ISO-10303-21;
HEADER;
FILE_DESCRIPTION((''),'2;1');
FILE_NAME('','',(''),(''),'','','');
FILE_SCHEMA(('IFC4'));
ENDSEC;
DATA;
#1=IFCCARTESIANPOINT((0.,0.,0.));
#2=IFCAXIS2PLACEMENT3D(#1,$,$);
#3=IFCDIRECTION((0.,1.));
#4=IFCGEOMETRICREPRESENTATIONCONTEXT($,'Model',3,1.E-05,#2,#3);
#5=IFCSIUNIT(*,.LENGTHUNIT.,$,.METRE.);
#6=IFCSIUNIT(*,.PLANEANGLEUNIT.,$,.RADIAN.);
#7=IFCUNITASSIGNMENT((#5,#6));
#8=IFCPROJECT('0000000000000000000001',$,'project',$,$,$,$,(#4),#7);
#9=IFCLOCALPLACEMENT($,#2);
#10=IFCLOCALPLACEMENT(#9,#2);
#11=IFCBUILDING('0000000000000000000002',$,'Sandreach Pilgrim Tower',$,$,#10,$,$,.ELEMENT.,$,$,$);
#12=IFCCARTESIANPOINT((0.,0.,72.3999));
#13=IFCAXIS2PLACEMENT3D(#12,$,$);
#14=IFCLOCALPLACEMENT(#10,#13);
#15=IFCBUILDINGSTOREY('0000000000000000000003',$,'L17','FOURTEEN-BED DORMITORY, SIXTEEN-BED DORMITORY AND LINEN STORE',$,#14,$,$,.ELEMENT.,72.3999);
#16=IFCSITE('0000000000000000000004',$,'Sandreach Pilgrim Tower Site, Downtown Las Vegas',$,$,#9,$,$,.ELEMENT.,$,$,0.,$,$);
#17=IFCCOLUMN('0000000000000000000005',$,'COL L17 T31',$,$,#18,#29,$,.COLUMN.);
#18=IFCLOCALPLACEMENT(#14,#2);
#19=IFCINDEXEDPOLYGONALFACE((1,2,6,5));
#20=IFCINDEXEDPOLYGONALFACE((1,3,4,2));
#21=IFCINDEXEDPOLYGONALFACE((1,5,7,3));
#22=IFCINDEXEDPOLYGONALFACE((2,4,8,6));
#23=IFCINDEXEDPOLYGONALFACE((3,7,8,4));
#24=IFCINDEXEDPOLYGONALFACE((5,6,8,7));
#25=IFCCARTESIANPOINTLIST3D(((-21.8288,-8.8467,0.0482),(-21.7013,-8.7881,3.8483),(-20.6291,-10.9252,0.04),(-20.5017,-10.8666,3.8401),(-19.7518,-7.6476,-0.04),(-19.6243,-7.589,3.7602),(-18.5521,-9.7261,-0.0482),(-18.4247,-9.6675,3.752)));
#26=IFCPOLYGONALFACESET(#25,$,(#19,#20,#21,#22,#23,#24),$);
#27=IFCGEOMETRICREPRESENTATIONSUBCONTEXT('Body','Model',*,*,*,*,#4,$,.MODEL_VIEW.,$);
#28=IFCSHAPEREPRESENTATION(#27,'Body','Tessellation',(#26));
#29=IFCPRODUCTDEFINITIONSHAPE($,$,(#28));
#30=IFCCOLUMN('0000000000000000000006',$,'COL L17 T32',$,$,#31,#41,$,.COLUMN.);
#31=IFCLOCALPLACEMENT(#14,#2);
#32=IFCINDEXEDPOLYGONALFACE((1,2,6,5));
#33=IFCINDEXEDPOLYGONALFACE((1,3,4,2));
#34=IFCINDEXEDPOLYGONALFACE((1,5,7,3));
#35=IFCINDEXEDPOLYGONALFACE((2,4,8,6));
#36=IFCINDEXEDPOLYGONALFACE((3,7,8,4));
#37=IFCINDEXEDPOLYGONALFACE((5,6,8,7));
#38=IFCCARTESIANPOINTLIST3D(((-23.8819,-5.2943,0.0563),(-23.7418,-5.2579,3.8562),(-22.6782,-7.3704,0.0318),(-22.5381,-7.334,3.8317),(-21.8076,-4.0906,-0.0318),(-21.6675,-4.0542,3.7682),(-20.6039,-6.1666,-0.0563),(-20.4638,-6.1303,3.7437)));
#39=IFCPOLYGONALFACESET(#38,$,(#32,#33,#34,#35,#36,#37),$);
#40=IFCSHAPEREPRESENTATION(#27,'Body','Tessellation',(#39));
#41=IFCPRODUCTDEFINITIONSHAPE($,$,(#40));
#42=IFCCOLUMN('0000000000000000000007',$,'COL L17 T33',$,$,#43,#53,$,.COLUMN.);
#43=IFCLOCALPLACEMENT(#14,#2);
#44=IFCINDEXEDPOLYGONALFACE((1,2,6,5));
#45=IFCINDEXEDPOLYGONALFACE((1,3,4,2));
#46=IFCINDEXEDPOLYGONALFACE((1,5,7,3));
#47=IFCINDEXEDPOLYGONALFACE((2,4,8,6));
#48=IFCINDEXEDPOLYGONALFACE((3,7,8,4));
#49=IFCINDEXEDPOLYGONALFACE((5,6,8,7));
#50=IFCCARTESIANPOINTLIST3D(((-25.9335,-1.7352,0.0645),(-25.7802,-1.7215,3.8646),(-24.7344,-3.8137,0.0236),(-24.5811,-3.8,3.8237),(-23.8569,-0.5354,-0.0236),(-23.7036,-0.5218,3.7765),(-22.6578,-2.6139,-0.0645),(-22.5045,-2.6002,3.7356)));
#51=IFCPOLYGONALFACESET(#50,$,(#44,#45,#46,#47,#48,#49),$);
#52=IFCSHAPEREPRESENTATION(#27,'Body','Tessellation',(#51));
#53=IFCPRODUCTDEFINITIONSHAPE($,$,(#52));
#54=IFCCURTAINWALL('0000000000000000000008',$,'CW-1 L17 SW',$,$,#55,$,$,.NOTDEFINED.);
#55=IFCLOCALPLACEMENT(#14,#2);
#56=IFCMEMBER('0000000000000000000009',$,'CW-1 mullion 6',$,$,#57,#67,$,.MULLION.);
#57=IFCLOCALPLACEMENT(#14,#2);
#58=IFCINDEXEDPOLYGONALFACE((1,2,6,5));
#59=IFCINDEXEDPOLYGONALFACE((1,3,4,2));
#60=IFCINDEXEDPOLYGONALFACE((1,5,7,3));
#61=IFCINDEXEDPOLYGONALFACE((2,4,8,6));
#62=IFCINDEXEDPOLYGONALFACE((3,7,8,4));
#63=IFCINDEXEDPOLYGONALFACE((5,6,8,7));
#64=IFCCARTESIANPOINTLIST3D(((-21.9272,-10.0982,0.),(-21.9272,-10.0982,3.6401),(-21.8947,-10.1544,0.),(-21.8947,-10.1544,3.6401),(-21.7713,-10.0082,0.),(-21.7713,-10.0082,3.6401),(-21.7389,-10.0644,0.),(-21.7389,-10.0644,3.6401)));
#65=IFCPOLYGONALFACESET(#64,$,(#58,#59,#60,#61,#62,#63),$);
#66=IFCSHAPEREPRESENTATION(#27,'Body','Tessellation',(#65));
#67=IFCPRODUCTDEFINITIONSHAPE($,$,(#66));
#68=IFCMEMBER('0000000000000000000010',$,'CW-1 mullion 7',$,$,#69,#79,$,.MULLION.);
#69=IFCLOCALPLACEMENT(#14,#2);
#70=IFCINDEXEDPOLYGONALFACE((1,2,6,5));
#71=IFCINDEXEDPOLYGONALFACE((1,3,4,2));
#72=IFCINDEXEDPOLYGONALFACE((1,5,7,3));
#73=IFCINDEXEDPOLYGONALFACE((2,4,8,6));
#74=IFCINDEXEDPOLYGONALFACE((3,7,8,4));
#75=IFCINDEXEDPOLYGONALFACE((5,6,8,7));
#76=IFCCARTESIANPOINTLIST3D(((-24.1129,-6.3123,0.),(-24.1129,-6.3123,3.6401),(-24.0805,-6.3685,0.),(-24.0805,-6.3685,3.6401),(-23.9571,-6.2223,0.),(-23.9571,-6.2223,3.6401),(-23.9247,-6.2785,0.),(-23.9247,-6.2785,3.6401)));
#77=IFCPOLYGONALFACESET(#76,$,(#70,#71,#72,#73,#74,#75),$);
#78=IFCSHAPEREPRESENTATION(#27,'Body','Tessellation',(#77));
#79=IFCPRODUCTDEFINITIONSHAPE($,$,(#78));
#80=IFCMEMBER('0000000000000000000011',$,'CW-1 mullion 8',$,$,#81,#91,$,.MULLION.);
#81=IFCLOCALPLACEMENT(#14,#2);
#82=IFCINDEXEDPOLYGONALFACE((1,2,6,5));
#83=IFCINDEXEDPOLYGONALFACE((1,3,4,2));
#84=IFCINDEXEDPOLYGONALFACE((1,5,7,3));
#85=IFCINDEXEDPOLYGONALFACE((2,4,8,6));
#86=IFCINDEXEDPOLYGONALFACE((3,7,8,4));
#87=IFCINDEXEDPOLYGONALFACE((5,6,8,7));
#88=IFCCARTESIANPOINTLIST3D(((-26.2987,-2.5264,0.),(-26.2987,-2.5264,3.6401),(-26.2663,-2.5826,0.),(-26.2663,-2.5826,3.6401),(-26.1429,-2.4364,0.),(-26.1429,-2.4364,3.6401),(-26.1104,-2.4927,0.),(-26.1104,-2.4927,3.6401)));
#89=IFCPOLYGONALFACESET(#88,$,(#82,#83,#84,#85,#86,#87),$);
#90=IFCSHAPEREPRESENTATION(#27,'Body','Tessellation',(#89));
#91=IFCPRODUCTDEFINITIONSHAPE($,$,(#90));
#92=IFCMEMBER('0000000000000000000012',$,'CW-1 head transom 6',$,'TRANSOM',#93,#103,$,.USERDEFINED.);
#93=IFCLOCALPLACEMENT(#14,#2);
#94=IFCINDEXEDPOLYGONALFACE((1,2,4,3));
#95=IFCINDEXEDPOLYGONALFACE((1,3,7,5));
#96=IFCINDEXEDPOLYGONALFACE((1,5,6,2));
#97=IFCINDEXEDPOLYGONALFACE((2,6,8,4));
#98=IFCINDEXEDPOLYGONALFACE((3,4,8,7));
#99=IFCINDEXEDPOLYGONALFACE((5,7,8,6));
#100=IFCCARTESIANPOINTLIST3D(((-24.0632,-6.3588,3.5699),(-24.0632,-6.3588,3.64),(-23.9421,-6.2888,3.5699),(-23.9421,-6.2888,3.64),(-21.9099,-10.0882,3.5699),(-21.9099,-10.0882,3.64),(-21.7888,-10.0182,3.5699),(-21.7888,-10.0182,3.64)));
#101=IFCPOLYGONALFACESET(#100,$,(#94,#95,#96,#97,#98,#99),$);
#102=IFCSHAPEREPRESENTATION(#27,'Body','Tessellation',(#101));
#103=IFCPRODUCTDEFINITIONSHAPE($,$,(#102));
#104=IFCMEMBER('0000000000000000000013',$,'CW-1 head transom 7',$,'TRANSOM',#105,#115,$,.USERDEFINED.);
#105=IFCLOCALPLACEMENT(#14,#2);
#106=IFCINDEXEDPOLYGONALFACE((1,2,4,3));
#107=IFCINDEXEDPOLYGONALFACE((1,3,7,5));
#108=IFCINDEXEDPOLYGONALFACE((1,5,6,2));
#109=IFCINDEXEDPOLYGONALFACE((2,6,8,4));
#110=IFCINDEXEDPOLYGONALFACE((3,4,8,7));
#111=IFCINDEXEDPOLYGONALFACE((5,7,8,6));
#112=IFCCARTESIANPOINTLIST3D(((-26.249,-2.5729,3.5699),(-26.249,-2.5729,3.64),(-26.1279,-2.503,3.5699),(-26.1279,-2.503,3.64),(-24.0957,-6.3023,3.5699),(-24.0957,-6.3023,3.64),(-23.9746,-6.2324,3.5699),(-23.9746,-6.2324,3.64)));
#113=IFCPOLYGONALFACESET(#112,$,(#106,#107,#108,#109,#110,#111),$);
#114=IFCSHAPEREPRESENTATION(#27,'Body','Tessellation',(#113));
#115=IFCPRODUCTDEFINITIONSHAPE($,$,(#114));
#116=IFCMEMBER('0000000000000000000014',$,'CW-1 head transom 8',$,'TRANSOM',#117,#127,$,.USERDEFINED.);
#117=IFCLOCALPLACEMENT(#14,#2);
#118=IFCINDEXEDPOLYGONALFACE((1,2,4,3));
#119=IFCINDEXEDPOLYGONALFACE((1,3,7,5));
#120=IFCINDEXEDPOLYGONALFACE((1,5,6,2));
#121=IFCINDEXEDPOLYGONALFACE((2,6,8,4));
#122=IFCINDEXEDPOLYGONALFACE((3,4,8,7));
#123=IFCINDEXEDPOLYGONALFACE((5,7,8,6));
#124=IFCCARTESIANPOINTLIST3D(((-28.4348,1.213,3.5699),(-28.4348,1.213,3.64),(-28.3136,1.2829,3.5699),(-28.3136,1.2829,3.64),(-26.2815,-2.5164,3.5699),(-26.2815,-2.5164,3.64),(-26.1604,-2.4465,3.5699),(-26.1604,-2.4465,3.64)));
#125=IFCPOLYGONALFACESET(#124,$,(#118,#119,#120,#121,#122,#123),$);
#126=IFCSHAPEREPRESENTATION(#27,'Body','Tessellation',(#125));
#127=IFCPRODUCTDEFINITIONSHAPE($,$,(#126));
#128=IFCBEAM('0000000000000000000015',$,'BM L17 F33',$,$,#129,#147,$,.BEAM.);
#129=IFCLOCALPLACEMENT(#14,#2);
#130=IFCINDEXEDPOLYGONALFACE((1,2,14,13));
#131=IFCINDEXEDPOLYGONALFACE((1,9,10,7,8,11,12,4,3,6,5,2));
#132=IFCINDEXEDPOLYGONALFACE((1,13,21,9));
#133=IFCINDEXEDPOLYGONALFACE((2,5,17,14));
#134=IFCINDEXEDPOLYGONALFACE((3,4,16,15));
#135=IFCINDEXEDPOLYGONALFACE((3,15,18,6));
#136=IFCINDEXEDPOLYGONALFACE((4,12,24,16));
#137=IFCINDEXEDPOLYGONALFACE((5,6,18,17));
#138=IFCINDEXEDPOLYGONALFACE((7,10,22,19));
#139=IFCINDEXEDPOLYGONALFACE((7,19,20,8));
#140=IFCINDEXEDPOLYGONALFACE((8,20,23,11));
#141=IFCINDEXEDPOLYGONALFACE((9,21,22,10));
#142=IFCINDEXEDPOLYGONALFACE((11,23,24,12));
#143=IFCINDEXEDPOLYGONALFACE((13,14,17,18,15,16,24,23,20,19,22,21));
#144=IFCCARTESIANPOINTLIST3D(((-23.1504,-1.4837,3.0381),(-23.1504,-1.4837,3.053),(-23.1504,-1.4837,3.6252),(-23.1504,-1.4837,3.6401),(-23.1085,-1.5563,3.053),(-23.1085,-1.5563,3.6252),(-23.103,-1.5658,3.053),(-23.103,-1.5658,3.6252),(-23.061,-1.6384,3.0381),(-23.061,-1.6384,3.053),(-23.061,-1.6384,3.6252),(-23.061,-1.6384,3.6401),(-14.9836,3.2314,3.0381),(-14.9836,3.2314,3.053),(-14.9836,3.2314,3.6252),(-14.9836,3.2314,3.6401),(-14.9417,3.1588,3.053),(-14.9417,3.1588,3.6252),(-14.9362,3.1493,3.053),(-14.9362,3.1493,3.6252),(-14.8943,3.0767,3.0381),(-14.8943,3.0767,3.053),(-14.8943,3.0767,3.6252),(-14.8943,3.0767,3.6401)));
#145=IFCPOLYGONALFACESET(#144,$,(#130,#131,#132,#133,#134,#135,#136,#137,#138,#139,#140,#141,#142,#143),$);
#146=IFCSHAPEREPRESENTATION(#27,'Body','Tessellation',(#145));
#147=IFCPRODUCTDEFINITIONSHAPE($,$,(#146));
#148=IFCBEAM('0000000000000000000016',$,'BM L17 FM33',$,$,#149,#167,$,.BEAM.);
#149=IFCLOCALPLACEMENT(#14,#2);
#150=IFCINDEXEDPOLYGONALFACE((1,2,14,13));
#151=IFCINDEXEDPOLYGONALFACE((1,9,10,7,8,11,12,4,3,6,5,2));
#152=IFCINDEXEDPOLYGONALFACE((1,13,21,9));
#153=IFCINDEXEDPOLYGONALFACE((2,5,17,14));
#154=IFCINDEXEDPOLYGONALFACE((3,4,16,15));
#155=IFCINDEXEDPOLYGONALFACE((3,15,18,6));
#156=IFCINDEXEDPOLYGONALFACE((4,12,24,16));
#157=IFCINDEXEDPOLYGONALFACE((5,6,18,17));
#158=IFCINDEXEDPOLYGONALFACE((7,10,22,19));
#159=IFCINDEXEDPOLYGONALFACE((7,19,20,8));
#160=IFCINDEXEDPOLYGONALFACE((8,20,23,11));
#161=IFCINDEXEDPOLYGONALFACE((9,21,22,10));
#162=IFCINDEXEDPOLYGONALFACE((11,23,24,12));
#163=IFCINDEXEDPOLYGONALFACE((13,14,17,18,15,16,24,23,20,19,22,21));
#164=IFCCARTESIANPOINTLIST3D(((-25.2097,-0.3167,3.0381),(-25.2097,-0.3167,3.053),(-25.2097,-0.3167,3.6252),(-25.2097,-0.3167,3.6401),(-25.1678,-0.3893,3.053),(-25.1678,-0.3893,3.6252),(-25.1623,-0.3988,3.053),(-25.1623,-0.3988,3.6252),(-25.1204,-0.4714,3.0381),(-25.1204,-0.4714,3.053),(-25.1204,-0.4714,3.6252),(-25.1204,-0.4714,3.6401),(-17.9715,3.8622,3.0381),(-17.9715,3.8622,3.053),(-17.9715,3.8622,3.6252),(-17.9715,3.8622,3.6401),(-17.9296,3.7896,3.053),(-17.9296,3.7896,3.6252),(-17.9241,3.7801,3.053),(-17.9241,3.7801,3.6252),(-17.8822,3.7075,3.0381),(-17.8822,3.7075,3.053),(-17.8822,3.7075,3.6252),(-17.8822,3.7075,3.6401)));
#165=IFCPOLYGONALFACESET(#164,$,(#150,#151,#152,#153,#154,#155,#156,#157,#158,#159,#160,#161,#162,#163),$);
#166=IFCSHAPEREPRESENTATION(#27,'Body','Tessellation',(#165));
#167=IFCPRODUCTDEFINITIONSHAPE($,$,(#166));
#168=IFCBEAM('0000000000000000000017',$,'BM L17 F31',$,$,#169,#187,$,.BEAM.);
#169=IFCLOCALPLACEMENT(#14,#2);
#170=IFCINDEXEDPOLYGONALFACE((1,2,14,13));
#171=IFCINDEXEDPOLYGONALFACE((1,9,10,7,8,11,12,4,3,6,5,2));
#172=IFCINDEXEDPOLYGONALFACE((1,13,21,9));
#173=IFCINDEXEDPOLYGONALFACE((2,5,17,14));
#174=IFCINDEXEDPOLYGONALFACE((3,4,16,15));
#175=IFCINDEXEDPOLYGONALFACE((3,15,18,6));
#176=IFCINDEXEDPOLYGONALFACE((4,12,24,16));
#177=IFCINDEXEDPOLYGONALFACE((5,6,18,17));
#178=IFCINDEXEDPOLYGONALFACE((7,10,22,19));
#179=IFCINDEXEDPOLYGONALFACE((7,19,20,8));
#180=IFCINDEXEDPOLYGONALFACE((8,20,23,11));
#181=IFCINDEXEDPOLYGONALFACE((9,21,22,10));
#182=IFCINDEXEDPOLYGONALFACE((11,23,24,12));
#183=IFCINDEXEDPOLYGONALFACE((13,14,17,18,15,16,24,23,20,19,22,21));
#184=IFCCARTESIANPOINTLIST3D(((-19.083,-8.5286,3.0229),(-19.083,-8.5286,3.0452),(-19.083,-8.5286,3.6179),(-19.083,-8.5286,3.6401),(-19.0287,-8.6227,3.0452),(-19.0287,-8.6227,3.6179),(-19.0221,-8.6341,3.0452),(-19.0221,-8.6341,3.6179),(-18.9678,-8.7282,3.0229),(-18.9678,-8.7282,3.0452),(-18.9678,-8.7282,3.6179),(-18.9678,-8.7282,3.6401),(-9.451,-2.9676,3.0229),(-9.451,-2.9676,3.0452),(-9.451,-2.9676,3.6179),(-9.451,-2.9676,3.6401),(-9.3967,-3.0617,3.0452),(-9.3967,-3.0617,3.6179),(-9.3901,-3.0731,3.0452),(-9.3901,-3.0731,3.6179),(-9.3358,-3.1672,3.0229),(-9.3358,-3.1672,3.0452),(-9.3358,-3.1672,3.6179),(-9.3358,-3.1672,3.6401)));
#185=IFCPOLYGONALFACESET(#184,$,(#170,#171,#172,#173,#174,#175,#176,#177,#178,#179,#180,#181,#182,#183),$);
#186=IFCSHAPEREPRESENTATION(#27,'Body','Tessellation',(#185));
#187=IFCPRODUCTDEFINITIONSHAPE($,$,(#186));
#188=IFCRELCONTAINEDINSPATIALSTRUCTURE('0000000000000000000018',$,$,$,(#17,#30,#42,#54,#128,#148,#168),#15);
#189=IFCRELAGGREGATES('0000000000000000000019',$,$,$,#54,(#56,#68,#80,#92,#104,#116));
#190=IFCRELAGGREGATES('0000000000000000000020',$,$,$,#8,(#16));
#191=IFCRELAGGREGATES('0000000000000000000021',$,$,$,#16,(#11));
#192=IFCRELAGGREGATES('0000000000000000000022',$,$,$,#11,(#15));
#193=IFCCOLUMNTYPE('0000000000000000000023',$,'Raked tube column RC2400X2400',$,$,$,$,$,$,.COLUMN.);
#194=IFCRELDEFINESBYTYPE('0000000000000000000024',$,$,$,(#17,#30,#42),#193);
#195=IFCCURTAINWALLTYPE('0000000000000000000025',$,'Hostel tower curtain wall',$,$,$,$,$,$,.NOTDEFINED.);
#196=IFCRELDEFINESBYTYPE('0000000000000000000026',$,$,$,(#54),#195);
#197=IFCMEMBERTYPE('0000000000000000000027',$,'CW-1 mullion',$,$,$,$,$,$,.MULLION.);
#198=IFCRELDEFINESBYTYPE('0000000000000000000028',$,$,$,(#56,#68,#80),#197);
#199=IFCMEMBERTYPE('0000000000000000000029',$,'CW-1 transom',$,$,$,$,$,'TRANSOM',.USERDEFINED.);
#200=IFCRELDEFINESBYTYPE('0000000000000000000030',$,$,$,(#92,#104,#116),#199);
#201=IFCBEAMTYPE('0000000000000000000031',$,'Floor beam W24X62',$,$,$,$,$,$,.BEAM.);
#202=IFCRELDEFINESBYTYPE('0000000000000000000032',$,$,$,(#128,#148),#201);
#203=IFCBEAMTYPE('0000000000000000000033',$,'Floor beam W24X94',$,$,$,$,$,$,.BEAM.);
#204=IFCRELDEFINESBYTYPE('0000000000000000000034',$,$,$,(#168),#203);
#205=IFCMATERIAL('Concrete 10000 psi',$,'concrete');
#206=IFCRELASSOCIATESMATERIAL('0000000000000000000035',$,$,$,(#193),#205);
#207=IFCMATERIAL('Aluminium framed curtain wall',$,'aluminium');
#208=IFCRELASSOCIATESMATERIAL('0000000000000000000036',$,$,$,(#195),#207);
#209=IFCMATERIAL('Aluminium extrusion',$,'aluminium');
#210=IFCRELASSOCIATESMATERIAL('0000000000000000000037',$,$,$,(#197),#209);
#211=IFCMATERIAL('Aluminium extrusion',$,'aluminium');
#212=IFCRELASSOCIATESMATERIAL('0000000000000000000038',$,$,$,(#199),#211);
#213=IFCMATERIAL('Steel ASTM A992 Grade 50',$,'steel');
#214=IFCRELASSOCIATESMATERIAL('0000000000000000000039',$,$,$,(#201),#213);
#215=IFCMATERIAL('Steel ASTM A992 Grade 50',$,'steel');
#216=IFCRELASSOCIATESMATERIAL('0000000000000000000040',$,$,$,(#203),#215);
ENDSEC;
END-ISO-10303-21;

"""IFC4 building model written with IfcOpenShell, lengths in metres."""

from ifc_helpers import new_model, si_unit, direction, frame, origin, origin_2d, place, context, subcontext, project, spatial, rectangle, i_section, extrude, material, material_profile, profile_set, type_object, element, aggregate, save


model = new_model("IFC4")

# Units and contexts
model_context = context("Model", 3, precision=1e-05, world=origin(), true_north=direction((0.0, 1.0)))
body_context = subcontext(model_context, "Body", "Model", "MODEL_VIEW")
ifc_project = project(units=[si_unit("LENGTHUNIT", "METRE"), si_unit("PLANEANGLEUNIT", "RADIAN")], contexts=[model_context])

# Site, building, storey
site_placement = place(None, origin())
site = spatial("IfcSite", under=ifc_project, at=site_placement, Name="Sandreach Pilgrim Tower Site, Downtown Las Vegas", CompositionType="ELEMENT", RefElevation=0.0)
building_placement = place(site_placement, origin())
building = spatial("IfcBuilding", under=site, at=building_placement, Name="Sandreach Pilgrim Tower", CompositionType="ELEMENT")
storey_placement = place(building_placement, frame((0.0, 0.0, 72.3999)))
storey = spatial("IfcBuildingStorey", under=building, at=storey_placement, Name="L17", Description="FOURTEEN-BED DORMITORY, SIXTEEN-BED DORMITORY AND LINEN STORE", CompositionType="ELEMENT", Elevation=72.3999)

# Columns
ifc_material_1 = material(Name="Concrete 10000 psi", Category="concrete")
ifc_material_profile_1 = material_profile(ifc_material_1, rectangle(XDim=2.3999, YDim=2.3999, at=origin_2d()), Name="RC2400X2400")
ifc_profile_set_1 = profile_set([ifc_material_profile_1], Name="Concrete 10000 psi")
column_type = type_object("IfcColumnType", Name="Raked tube column RC2400X2400", PredefinedType="COLUMN", material=ifc_profile_set_1)
for number, where, z_axis, x_axis, name in (
    (1, (-20.1904, -9.2864, 0.0), (0.033514, 0.015409, 0.999319), (-0.865448, -0.499651, 0.036729), "COL L17 T31"),
    (2, (-22.2429, -5.7305, 0.0), (0.036851, 0.009566, 0.999275), (-0.864337, -0.501575, 0.036676), "COL L17 T32"),
):
    element("IfcColumn", number, at=place(storey_placement, frame(where, z_axis=z_axis, x_axis=x_axis)), inside=storey, type_object=column_type, Name=name, PredefinedType="COLUMN", context=body_context, shape_type="SweptSolid", body=[
        extrude(rectangle(XDim=2.3999, YDim=2.3999, at=origin_2d()), origin(), (0.0, 0.0, 1.0), 3.8027),
    ])
column_placement = place(storey_placement, frame((-24.2957, -2.1746, 0.0), z_axis=(0.040314, 0.003595, 0.999181), x_axis=(-0.865292, -0.499922, 0.036711)))
element("IfcColumn", 3, at=column_placement, inside=storey, type_object=column_type, Name="COL L17 T33", PredefinedType="COLUMN", context=body_context, shape_type="SweptSolid", body=[
    extrude(rectangle(XDim=2.3999, YDim=2.3999, at=origin_2d()), origin(), (0.0, 0.0, 1.0), 3.8032),
])

# Curtain wall, members
ifc_material_2 = material(Name="Aluminium framed curtain wall", Category="aluminium")
curtain_wall_type = type_object("IfcCurtainWallType", Name="Hostel tower curtain wall", PredefinedType="NOTDEFINED", material=ifc_material_2)
curtain_wall_placement = place(storey_placement, origin())
curtain_wall = element("IfcCurtainWall", 4, at=curtain_wall_placement, inside=storey, type_object=curtain_wall_type, Name="CW-1 L17 SW", PredefinedType="NOTDEFINED")
ifc_material_3 = material(Name="Aluminium extrusion", Category="aluminium")
ifc_material_profile_2 = material_profile(ifc_material_3, rectangle(XDim=0.0649, YDim=0.1799, at=origin_2d()), Name="CW-1M 65X180")
ifc_profile_set_2 = profile_set([ifc_material_profile_2], Name="Aluminium extrusion")
member_type_1 = type_object("IfcMemberType", Name="CW-1 mullion", PredefinedType="MULLION", material=ifc_profile_set_2)
member_1_placement = place(storey_placement, frame((-21.833, -10.0813, 0.0), z_axis=(0.0, 0.0, 1.0), x_axis=(-0.5, 0.866025, 0.0)))
member_1 = element("IfcMember", 5, at=member_1_placement, type_object=member_type_1, Name="CW-1 mullion 6", PredefinedType="MULLION", context=body_context, shape_type="SweptSolid", body=[
    extrude(rectangle(XDim=0.0649, YDim=0.1799, at=origin_2d()), origin(), (0.0, 0.0, 1.0), 3.6401),
])
member_2_placement = place(storey_placement, frame((-24.0188, -6.2954, 0.0), z_axis=(0.0, 0.0, 1.0), x_axis=(-0.5, 0.866025, 0.0)))
member_2 = element("IfcMember", 6, at=member_2_placement, type_object=member_type_1, Name="CW-1 mullion 7", PredefinedType="MULLION", context=body_context, shape_type="SweptSolid", body=[
    extrude(rectangle(XDim=0.0649, YDim=0.1799, at=origin_2d()), origin(), (0.0, 0.0, 1.0), 3.6401),
])
member_3_placement = place(storey_placement, frame((-26.2046, -2.5095, 0.0), z_axis=(0.0, 0.0, 1.0), x_axis=(-0.5, 0.866025, 0.0)))
member_3 = element("IfcMember", 7, at=member_3_placement, type_object=member_type_1, Name="CW-1 mullion 8", PredefinedType="MULLION", context=body_context, shape_type="SweptSolid", body=[
    extrude(rectangle(XDim=0.0649, YDim=0.1799, at=origin_2d()), origin(), (0.0, 0.0, 1.0), 3.6401),
])
ifc_material_4 = material(Name="Aluminium extrusion", Category="aluminium")
ifc_material_profile_3 = material_profile(ifc_material_4, rectangle(XDim=0.1399, YDim=0.0701, at=origin_2d()), Name="CW-1T 140X70")
ifc_profile_set_3 = profile_set([ifc_material_profile_3], Name="Aluminium extrusion")
member_type_2 = type_object("IfcMemberType", Name="CW-1 transom", ElementType="TRANSOM", PredefinedType="USERDEFINED", material=ifc_profile_set_3)
member_4_placement = place(storey_placement, frame((-21.8494, -10.0532, 3.605), z_axis=(-0.500017, 0.866016, 0.0), x_axis=(-0.866016, -0.500017, 0.0)))
member_4 = element("IfcMember", 8, at=member_4_placement, type_object=member_type_2, Name="CW-1 head transom 6", ObjectType="TRANSOM", PredefinedType="USERDEFINED", context=body_context, shape_type="SweptSolid", body=[
    extrude(rectangle(XDim=0.1399, YDim=0.0701, at=origin_2d()), origin(), (0.0, 0.0, 1.0), 4.3064),
])
member_5_placement = place(storey_placement, frame((-24.0352, -6.2673, 3.605), z_axis=(-0.500017, 0.866016, 0.0), x_axis=(-0.866016, -0.500017, 0.0)))
member_5 = element("IfcMember", 9, at=member_5_placement, type_object=member_type_2, Name="CW-1 head transom 7", ObjectType="TRANSOM", PredefinedType="USERDEFINED", context=body_context, shape_type="SweptSolid", body=[
    extrude(rectangle(XDim=0.1399, YDim=0.0701, at=origin_2d()), origin(), (0.0, 0.0, 1.0), 4.3064),
])
member_6_placement = place(storey_placement, frame((-26.2209, -2.4814, 3.605), z_axis=(-0.500017, 0.866016, 0.0), x_axis=(-0.866016, -0.500017, 0.0)))
member_6 = element("IfcMember", 10, at=member_6_placement, type_object=member_type_2, Name="CW-1 head transom 8", ObjectType="TRANSOM", PredefinedType="USERDEFINED", context=body_context, shape_type="SweptSolid", body=[
    extrude(rectangle(XDim=0.1399, YDim=0.0701, at=origin_2d()), origin(), (0.0, 0.0, 1.0), 4.3064),
])

# Beams
ifc_material_5 = material(Name="Steel ASTM A992 Grade 50", Category="steel")
ifc_material_profile_4 = material_profile(ifc_material_5, i_section(OverallWidth=0.1787, OverallDepth=0.6021, WebThickness=0.011, FlangeThickness=0.0149, at=origin_2d()), Name="W24X62")
ifc_profile_set_4 = profile_set([ifc_material_profile_4], Name="Steel ASTM A992 Grade 50")
beam_type_1 = type_object("IfcBeamType", Name="Floor beam W24X62", PredefinedType="BEAM", material=ifc_profile_set_4)
beam_1_placement = place(storey_placement, frame((-23.1057, -1.561, 3.3391), z_axis=(0.866025, 0.500001, 0.0), x_axis=(-0.500001, 0.866025, 0.0)))
element("IfcBeam", 11, at=beam_1_placement, inside=storey, type_object=beam_type_1, Name="BM L17 F33", PredefinedType="BEAM", context=body_context, shape_type="SweptSolid", body=[
    extrude(i_section(OverallWidth=0.1787, OverallDepth=0.6021, WebThickness=0.011, FlangeThickness=0.0149, at=origin_2d()), origin(), (0.0, 0.0, 1.0), 9.4302),
])
beam_2_placement = place(storey_placement, frame((-25.165, -0.394, 3.3391), z_axis=(0.866029, 0.499994, 0.0), x_axis=(-0.499994, 0.866029, 0.0)))
element("IfcBeam", 12, at=beam_2_placement, inside=storey, type_object=beam_type_1, Name="BM L17 FM33", PredefinedType="BEAM", context=body_context, shape_type="SweptSolid", body=[
    extrude(i_section(OverallWidth=0.1787, OverallDepth=0.6021, WebThickness=0.011, FlangeThickness=0.0149, at=origin_2d()), origin(), (0.0, 0.0, 1.0), 8.3579),
])
ifc_material_6 = material(Name="Steel ASTM A992 Grade 50", Category="steel")
ifc_material_profile_5 = material_profile(ifc_material_6, i_section(OverallWidth=0.2305, OverallDepth=0.6172, WebThickness=0.0132, FlangeThickness=0.0222, at=origin_2d()), Name="W24X94")
ifc_profile_set_5 = profile_set([ifc_material_profile_5], Name="Steel ASTM A992 Grade 50")
beam_type_2 = type_object("IfcBeamType", Name="Floor beam W24X94", PredefinedType="BEAM", material=ifc_profile_set_5)
beam_3_placement = place(storey_placement, frame((-19.0254, -8.6284, 3.3315), z_axis=(0.866027, 0.499997, 0.0), x_axis=(-0.499997, 0.866027, 0.0)))
element("IfcBeam", 13, at=beam_3_placement, inside=storey, type_object=beam_type_2, Name="BM L17 F31", PredefinedType="BEAM", context=body_context, shape_type="SweptSolid", body=[
    extrude(i_section(OverallWidth=0.2305, OverallDepth=0.6172, WebThickness=0.0132, FlangeThickness=0.0222, at=origin_2d()), origin(), (0.0, 0.0, 1.0), 11.1221),
])

aggregate(curtain_wall, [member_1, member_2, member_3, member_4, member_5, member_6])

save(model, "model.ifc")
